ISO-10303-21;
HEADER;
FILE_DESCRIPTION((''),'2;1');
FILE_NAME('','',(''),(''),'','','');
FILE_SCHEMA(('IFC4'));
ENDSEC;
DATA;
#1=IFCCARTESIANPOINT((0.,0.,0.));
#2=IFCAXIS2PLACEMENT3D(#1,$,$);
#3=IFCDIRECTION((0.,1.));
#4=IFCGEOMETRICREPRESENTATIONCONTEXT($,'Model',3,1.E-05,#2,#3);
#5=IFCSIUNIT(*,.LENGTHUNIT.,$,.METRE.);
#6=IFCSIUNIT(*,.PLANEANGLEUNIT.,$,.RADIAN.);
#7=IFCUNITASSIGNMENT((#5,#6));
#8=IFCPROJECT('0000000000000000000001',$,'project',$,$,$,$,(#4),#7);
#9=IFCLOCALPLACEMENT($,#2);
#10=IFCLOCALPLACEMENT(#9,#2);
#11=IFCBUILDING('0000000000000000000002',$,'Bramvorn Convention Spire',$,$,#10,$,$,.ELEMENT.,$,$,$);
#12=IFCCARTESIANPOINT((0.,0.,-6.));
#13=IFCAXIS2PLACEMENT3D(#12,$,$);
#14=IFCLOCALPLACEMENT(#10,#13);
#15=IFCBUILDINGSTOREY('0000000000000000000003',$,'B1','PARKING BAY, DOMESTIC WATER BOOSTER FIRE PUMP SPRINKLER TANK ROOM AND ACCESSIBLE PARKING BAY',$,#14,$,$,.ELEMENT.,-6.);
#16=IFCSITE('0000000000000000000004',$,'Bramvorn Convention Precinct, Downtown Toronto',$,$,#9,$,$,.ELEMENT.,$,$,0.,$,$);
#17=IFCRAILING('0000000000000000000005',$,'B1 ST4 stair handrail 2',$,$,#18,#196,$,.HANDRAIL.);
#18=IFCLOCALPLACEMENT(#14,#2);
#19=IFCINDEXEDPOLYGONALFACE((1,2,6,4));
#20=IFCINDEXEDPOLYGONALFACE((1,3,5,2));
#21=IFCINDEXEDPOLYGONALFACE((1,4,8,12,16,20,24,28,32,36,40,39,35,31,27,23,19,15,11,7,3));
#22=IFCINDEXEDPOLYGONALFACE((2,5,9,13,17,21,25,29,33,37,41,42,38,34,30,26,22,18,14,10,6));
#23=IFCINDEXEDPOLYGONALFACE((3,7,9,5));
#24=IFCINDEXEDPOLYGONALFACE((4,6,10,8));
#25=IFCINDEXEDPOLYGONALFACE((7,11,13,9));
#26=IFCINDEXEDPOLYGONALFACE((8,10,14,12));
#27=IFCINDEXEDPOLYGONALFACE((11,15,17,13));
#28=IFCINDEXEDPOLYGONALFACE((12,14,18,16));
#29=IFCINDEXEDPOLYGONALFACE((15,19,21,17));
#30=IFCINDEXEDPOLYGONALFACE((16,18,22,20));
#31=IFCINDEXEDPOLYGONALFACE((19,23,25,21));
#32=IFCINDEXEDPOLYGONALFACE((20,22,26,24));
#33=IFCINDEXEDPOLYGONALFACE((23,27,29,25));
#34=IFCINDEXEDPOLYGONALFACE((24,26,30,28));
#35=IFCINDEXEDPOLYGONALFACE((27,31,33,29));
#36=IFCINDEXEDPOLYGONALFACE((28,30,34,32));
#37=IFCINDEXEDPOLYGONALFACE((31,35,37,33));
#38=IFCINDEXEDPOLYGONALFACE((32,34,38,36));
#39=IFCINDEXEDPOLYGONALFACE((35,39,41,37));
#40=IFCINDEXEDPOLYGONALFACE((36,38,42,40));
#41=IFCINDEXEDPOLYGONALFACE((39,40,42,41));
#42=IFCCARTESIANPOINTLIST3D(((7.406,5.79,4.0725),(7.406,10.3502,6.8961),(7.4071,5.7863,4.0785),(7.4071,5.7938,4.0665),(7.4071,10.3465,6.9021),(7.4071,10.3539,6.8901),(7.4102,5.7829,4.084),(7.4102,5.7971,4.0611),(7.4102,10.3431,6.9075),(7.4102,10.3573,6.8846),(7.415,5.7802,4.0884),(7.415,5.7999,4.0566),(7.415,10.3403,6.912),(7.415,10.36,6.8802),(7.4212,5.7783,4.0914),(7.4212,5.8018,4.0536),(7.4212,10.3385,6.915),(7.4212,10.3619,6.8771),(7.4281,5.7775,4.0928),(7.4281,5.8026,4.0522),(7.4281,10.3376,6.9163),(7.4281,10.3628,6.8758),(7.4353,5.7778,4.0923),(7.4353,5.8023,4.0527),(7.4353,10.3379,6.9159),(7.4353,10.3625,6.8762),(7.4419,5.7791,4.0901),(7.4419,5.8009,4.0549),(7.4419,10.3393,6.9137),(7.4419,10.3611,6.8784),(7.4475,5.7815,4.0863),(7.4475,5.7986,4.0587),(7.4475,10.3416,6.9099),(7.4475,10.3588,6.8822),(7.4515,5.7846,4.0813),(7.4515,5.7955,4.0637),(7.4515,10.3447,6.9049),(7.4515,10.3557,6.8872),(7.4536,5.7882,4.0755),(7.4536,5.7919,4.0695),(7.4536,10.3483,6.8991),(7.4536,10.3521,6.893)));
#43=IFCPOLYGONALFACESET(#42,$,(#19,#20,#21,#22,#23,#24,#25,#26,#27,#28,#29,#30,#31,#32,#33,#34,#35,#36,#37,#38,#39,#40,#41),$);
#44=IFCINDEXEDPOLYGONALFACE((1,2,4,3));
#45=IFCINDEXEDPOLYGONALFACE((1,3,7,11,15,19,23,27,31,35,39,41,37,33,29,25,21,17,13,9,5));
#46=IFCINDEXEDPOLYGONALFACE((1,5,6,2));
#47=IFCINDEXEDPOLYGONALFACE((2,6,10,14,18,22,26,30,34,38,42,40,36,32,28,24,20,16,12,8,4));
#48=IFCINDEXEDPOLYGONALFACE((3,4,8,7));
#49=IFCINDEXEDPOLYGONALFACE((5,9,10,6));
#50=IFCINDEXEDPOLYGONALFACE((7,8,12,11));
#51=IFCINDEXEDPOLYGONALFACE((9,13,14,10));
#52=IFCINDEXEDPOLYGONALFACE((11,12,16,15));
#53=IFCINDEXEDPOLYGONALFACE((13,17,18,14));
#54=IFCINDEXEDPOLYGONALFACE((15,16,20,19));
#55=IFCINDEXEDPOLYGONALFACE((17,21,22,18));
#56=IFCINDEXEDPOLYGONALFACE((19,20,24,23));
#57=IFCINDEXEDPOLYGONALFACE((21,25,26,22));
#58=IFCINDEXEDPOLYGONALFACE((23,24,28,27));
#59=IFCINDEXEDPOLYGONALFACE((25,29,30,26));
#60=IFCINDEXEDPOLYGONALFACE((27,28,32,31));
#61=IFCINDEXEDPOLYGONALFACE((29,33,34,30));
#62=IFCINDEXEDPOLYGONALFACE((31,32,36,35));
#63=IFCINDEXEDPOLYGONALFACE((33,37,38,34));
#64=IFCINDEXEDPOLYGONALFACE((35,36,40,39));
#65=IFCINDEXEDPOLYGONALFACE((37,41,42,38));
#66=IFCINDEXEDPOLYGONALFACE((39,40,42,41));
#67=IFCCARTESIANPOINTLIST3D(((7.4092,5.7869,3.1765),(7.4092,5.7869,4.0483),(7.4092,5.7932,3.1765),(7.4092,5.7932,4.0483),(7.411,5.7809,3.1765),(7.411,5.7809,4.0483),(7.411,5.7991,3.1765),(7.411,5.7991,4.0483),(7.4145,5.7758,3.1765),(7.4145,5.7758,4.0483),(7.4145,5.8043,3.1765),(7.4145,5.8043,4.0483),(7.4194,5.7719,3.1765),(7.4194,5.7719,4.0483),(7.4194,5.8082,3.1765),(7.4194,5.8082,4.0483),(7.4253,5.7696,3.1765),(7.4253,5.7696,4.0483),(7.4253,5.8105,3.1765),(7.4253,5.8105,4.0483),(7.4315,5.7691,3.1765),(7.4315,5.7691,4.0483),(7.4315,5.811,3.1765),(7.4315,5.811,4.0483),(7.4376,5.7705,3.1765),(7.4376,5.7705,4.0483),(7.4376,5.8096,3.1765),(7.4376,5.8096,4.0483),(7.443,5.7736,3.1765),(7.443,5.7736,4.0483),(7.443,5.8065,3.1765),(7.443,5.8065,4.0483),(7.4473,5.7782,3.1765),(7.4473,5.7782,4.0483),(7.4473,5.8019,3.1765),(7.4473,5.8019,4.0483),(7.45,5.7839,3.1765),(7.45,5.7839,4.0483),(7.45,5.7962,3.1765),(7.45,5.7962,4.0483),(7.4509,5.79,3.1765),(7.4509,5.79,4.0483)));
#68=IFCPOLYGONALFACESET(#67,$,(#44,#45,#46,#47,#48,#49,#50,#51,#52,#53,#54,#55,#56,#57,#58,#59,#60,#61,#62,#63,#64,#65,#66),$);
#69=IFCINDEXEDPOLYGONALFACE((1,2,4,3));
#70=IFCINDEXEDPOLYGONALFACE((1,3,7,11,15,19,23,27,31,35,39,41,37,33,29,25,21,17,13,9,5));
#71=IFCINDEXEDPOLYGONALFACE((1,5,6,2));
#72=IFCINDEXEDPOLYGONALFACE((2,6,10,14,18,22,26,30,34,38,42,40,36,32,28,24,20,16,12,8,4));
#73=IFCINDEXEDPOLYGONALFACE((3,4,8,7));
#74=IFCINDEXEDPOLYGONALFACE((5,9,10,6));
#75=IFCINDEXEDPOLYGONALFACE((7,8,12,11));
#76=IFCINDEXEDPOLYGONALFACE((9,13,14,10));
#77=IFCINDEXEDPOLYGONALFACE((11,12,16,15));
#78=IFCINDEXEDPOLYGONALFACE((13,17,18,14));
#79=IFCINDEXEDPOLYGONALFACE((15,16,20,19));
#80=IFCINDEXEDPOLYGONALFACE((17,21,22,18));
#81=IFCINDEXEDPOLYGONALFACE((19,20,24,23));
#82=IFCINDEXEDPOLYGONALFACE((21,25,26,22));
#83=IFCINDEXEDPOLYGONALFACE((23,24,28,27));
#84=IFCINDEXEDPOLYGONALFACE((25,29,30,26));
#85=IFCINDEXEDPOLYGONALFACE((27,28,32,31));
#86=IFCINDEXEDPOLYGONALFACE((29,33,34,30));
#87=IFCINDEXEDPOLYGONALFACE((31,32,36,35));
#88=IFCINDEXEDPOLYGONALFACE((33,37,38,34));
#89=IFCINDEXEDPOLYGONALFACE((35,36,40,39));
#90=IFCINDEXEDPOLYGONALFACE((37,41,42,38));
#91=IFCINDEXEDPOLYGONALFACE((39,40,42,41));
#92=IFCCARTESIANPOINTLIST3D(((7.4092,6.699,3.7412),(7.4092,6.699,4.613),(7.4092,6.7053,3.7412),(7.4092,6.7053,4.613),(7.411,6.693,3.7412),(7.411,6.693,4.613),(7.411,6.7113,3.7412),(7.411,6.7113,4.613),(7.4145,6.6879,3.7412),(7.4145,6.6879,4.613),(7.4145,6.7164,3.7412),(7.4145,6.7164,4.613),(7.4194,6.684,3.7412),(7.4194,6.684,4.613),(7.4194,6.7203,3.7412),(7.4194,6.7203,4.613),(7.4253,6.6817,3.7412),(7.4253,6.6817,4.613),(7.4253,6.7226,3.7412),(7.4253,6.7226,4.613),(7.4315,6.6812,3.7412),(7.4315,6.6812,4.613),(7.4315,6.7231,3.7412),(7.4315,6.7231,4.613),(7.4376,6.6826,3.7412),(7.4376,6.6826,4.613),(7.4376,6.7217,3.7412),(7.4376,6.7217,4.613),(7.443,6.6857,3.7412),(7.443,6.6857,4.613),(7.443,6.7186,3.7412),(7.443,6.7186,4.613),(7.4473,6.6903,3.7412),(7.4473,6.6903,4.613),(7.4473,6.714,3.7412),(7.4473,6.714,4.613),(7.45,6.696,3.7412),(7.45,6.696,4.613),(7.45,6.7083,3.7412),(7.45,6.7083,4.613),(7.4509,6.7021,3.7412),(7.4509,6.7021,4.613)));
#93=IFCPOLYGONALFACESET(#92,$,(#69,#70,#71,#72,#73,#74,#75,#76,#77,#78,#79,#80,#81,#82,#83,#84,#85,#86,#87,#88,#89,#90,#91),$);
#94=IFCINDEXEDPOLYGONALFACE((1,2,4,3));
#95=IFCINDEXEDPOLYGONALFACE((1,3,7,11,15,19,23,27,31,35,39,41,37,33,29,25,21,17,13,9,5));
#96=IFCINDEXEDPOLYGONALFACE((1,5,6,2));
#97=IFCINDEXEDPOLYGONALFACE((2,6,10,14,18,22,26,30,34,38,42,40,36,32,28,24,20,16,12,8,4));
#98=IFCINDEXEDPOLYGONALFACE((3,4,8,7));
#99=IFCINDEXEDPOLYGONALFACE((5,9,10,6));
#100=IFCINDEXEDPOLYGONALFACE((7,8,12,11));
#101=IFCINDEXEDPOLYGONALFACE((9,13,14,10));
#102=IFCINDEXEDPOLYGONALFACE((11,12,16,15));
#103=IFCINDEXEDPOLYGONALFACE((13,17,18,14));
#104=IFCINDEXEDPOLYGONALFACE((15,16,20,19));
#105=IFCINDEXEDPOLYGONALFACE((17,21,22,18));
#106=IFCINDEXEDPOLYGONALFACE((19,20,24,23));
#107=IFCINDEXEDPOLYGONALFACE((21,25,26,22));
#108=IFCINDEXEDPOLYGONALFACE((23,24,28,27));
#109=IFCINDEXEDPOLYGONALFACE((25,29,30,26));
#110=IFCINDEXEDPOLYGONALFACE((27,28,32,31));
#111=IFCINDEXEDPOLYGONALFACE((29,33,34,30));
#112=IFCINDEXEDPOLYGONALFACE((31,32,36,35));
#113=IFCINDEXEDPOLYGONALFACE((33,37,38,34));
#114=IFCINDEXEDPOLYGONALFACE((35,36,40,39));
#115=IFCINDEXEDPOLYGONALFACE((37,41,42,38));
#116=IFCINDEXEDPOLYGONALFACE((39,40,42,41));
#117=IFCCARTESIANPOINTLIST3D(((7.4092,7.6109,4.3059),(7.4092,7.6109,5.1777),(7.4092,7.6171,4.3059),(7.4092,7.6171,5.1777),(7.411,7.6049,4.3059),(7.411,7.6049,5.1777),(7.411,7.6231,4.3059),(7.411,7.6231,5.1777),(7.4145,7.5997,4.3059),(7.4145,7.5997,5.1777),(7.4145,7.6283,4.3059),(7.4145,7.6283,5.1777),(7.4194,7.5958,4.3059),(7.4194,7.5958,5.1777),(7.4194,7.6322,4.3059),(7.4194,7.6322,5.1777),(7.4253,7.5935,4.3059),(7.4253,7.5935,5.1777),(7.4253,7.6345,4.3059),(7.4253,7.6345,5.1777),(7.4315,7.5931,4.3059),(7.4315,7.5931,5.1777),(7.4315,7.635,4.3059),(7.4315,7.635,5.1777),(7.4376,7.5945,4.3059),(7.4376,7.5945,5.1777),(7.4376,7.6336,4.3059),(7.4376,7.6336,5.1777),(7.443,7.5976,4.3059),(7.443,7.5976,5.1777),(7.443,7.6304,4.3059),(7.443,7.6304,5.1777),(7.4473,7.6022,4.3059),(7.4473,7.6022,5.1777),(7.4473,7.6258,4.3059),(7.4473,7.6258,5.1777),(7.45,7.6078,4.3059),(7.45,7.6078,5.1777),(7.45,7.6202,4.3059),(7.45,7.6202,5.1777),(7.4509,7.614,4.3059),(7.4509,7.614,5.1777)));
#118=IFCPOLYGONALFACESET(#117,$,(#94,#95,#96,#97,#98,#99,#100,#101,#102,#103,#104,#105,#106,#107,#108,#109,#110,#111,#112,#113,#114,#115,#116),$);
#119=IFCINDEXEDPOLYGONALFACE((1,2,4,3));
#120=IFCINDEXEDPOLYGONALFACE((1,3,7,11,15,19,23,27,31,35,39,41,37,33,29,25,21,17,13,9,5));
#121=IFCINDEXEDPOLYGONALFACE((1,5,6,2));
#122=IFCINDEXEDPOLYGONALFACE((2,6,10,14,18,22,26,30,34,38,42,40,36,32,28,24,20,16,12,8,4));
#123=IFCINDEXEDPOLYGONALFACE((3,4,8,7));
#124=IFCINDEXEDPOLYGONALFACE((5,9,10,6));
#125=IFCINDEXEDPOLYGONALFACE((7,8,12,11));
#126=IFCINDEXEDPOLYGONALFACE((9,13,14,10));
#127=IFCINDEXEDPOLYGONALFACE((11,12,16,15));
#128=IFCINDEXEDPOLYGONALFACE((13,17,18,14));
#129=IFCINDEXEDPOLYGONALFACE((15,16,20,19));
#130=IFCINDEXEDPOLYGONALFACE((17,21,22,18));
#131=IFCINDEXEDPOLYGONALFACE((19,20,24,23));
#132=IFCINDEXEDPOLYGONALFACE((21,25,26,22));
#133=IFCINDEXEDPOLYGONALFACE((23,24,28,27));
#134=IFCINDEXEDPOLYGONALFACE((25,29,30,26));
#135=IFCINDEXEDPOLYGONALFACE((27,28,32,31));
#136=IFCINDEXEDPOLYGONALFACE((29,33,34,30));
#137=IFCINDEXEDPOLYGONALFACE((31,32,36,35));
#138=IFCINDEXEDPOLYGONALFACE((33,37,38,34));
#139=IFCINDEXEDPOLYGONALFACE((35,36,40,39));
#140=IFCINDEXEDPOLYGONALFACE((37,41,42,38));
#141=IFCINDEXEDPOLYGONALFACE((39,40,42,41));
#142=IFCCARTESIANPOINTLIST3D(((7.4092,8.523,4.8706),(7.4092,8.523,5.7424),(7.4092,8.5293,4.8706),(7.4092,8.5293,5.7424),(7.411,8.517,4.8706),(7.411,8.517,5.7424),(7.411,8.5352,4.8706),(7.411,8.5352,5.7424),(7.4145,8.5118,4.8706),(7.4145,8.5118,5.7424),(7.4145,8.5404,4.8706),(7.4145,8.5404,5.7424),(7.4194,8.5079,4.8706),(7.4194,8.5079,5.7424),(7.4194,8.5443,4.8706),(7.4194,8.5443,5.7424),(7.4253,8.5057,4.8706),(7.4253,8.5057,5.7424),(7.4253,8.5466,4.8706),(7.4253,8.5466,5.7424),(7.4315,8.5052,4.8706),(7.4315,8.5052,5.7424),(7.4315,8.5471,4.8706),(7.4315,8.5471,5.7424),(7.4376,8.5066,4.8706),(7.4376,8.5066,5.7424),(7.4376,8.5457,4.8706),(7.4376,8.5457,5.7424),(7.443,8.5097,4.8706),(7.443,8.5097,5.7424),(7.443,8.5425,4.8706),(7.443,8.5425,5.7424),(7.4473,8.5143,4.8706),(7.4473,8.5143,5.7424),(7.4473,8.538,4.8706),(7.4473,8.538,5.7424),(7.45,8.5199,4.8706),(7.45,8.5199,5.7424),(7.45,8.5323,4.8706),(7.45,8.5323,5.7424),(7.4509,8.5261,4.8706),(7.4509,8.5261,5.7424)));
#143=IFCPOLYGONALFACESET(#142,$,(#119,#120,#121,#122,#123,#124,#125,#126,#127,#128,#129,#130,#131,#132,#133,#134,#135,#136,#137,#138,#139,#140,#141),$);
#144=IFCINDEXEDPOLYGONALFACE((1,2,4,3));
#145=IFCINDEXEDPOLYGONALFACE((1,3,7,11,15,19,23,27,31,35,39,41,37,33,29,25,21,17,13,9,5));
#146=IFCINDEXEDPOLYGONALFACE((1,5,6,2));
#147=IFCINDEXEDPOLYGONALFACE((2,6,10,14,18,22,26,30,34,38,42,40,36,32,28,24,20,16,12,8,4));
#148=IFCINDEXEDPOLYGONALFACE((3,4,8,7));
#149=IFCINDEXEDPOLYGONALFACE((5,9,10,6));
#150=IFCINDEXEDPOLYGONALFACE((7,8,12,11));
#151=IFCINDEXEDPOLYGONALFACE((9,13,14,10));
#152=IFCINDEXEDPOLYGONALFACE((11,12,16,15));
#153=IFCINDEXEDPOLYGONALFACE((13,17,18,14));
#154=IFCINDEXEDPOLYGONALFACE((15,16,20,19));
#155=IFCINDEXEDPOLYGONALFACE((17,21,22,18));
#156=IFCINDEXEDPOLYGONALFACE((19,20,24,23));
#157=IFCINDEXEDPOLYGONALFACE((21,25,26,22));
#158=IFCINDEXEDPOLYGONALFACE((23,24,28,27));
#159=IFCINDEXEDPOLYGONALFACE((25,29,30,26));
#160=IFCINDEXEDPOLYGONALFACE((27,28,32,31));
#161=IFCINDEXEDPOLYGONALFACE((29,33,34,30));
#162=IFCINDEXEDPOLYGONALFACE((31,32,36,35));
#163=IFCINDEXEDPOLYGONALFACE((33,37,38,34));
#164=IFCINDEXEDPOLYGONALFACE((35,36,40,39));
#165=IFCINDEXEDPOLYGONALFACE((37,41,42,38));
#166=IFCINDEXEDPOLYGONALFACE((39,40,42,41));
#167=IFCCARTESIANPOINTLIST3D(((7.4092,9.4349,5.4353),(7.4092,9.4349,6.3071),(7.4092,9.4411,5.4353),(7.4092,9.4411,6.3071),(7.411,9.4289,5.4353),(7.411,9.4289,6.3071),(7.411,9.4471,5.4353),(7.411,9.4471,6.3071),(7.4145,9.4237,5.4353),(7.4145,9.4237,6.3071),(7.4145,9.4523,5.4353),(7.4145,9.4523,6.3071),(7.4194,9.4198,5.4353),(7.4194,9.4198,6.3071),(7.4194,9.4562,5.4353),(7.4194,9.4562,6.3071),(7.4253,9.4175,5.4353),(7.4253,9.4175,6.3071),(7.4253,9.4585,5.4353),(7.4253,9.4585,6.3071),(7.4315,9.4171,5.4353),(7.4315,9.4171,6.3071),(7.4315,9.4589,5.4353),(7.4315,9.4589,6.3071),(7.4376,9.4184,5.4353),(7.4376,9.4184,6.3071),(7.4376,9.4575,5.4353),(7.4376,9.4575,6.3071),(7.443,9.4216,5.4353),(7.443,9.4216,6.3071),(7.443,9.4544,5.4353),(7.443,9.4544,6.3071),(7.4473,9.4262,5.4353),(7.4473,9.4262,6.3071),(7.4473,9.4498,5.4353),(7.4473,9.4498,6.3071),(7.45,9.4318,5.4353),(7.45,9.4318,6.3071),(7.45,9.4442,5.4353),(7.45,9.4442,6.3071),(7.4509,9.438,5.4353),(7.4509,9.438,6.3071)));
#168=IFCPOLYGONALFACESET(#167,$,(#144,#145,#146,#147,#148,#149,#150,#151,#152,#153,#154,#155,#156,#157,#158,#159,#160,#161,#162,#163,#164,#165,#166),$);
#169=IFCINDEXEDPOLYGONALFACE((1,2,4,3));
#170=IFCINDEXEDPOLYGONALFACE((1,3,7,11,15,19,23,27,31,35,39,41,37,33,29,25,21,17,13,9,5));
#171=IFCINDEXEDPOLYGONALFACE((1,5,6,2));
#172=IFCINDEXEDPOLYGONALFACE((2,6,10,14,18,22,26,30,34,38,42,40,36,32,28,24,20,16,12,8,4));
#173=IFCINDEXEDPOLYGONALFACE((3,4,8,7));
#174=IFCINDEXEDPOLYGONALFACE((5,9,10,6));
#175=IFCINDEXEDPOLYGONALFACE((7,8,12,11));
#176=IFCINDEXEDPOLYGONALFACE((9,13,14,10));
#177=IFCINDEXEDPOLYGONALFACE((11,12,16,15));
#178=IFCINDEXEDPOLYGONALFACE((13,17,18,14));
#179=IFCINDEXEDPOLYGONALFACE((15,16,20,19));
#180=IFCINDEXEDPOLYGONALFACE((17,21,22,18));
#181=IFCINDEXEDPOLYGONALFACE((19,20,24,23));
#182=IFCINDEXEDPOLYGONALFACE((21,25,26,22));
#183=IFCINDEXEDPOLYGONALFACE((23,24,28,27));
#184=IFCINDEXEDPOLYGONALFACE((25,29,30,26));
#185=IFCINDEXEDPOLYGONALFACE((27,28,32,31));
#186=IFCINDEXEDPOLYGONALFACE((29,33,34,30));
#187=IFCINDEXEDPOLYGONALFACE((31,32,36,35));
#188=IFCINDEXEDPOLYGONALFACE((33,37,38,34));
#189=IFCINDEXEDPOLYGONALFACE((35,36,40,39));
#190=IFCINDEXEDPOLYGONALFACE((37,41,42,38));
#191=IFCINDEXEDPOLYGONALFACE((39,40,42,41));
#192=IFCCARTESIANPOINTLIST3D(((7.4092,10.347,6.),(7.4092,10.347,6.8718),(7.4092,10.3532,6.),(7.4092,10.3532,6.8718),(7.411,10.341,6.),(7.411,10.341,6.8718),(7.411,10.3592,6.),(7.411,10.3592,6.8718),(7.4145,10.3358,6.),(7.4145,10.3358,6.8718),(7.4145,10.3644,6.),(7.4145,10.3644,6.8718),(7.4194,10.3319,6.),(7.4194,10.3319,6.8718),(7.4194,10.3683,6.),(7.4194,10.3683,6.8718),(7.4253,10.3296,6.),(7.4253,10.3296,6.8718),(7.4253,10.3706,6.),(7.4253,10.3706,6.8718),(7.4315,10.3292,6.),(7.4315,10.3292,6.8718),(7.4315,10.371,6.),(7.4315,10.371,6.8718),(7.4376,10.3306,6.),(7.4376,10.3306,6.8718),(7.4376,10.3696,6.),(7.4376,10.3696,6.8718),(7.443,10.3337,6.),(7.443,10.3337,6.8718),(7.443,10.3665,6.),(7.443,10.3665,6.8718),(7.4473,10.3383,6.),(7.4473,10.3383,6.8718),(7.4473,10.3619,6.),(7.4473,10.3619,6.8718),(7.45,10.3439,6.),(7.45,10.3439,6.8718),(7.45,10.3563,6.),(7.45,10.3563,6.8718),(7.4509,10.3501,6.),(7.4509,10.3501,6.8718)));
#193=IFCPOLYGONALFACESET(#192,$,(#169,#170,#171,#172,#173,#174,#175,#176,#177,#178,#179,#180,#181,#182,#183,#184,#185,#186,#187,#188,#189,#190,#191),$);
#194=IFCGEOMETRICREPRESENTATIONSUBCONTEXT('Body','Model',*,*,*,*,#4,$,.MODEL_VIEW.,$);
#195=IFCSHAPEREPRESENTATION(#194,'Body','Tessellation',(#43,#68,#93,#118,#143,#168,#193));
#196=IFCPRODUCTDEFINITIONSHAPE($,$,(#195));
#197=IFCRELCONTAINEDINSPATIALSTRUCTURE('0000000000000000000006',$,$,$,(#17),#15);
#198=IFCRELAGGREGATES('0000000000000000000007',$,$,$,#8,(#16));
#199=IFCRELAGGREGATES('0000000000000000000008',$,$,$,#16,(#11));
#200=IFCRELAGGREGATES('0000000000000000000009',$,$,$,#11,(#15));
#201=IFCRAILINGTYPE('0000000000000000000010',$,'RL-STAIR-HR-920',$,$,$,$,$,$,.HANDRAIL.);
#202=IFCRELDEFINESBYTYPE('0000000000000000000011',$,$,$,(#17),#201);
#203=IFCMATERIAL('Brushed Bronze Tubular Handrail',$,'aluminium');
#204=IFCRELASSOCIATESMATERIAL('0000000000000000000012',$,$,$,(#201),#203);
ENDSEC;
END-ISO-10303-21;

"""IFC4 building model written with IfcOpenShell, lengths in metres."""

from ifc_helpers import new_model, si_unit, direction, frame, origin, origin_2d, place, context, subcontext, project, spatial, circle, extrude, material, type_object, element, save


model = new_model("IFC4")

# Units and contexts
model_context = context("Model", 3, precision=1e-05, world=origin(), true_north=direction((0.0, 1.0)))
body_context = subcontext(model_context, "Body", "Model", "MODEL_VIEW")
ifc_project = project(units=[si_unit("LENGTHUNIT", "METRE"), si_unit("PLANEANGLEUNIT", "RADIAN")], contexts=[model_context])

# Site, building, storey
site_placement = place(None, origin())
site = spatial("IfcSite", under=ifc_project, at=site_placement, Name="Bramvorn Convention Precinct, Downtown Toronto", CompositionType="ELEMENT", RefElevation=0.0)
building_placement = place(site_placement, origin())
building = spatial("IfcBuilding", under=site, at=building_placement, Name="Bramvorn Convention Spire", CompositionType="ELEMENT")
storey_placement = place(building_placement, frame((0.0, 0.0, -6.0)))
storey = spatial("IfcBuildingStorey", under=building, at=storey_placement, Name="B1", Description="PARKING BAY, DOMESTIC WATER BOOSTER FIRE PUMP SPRINKLER TANK ROOM AND ACCESSIBLE PARKING BAY", CompositionType="ELEMENT", Elevation=-6.0)

# Railing
ifc_material_1 = material(Name="Brushed Bronze Tubular Handrail", Category="aluminium")
railing_type_1 = type_object("IfcRailingType", Name="RL-STAIR-HR-920", PredefinedType="HANDRAIL", material=ifc_material_1)
railing_1_placement = place(storey_placement, frame((7.4299, 5.79, 3.1765)))
element("IfcRailing", 1, at=railing_1_placement, inside=storey, type_object=railing_type_1, Name="B1 ST4 stair handrail 2", PredefinedType="HANDRAIL", context=body_context, shape_type="SweptSolid", body=[
    extrude(circle(Radius=0.0239, at=origin_2d()), frame((0.0, 0.0, 0.896), z_axis=(0.0, 0.850216, 0.526435), x_axis=(-1.0, 0.0, 0.0)), (0.0, 0.0, 1.0), 5.3635),
    extrude(circle(Radius=0.021, at=origin_2d()), origin(), (0.0, 0.0, 1.0), 0.8718),
    extrude(circle(Radius=0.021, at=origin_2d()), frame((0.0, 0.9121, 0.5647)), (0.0, 0.0, 1.0), 0.8718),
    extrude(circle(Radius=0.021, at=origin_2d()), frame((0.0, 1.824, 1.1294)), (0.0, 0.0, 1.0), 0.8718),
    extrude(circle(Radius=0.021, at=origin_2d()), frame((0.0, 2.7361, 1.6941)), (0.0, 0.0, 1.0), 0.8718),
    extrude(circle(Radius=0.021, at=origin_2d()), frame((0.0, 3.6479, 2.2588)), (0.0, 0.0, 1.0), 0.8718),
    extrude(circle(Radius=0.021, at=origin_2d()), frame((0.0, 4.5601, 2.8235)), (0.0, 0.0, 1.0), 0.8718),
])

save(model, "model.ifc")
